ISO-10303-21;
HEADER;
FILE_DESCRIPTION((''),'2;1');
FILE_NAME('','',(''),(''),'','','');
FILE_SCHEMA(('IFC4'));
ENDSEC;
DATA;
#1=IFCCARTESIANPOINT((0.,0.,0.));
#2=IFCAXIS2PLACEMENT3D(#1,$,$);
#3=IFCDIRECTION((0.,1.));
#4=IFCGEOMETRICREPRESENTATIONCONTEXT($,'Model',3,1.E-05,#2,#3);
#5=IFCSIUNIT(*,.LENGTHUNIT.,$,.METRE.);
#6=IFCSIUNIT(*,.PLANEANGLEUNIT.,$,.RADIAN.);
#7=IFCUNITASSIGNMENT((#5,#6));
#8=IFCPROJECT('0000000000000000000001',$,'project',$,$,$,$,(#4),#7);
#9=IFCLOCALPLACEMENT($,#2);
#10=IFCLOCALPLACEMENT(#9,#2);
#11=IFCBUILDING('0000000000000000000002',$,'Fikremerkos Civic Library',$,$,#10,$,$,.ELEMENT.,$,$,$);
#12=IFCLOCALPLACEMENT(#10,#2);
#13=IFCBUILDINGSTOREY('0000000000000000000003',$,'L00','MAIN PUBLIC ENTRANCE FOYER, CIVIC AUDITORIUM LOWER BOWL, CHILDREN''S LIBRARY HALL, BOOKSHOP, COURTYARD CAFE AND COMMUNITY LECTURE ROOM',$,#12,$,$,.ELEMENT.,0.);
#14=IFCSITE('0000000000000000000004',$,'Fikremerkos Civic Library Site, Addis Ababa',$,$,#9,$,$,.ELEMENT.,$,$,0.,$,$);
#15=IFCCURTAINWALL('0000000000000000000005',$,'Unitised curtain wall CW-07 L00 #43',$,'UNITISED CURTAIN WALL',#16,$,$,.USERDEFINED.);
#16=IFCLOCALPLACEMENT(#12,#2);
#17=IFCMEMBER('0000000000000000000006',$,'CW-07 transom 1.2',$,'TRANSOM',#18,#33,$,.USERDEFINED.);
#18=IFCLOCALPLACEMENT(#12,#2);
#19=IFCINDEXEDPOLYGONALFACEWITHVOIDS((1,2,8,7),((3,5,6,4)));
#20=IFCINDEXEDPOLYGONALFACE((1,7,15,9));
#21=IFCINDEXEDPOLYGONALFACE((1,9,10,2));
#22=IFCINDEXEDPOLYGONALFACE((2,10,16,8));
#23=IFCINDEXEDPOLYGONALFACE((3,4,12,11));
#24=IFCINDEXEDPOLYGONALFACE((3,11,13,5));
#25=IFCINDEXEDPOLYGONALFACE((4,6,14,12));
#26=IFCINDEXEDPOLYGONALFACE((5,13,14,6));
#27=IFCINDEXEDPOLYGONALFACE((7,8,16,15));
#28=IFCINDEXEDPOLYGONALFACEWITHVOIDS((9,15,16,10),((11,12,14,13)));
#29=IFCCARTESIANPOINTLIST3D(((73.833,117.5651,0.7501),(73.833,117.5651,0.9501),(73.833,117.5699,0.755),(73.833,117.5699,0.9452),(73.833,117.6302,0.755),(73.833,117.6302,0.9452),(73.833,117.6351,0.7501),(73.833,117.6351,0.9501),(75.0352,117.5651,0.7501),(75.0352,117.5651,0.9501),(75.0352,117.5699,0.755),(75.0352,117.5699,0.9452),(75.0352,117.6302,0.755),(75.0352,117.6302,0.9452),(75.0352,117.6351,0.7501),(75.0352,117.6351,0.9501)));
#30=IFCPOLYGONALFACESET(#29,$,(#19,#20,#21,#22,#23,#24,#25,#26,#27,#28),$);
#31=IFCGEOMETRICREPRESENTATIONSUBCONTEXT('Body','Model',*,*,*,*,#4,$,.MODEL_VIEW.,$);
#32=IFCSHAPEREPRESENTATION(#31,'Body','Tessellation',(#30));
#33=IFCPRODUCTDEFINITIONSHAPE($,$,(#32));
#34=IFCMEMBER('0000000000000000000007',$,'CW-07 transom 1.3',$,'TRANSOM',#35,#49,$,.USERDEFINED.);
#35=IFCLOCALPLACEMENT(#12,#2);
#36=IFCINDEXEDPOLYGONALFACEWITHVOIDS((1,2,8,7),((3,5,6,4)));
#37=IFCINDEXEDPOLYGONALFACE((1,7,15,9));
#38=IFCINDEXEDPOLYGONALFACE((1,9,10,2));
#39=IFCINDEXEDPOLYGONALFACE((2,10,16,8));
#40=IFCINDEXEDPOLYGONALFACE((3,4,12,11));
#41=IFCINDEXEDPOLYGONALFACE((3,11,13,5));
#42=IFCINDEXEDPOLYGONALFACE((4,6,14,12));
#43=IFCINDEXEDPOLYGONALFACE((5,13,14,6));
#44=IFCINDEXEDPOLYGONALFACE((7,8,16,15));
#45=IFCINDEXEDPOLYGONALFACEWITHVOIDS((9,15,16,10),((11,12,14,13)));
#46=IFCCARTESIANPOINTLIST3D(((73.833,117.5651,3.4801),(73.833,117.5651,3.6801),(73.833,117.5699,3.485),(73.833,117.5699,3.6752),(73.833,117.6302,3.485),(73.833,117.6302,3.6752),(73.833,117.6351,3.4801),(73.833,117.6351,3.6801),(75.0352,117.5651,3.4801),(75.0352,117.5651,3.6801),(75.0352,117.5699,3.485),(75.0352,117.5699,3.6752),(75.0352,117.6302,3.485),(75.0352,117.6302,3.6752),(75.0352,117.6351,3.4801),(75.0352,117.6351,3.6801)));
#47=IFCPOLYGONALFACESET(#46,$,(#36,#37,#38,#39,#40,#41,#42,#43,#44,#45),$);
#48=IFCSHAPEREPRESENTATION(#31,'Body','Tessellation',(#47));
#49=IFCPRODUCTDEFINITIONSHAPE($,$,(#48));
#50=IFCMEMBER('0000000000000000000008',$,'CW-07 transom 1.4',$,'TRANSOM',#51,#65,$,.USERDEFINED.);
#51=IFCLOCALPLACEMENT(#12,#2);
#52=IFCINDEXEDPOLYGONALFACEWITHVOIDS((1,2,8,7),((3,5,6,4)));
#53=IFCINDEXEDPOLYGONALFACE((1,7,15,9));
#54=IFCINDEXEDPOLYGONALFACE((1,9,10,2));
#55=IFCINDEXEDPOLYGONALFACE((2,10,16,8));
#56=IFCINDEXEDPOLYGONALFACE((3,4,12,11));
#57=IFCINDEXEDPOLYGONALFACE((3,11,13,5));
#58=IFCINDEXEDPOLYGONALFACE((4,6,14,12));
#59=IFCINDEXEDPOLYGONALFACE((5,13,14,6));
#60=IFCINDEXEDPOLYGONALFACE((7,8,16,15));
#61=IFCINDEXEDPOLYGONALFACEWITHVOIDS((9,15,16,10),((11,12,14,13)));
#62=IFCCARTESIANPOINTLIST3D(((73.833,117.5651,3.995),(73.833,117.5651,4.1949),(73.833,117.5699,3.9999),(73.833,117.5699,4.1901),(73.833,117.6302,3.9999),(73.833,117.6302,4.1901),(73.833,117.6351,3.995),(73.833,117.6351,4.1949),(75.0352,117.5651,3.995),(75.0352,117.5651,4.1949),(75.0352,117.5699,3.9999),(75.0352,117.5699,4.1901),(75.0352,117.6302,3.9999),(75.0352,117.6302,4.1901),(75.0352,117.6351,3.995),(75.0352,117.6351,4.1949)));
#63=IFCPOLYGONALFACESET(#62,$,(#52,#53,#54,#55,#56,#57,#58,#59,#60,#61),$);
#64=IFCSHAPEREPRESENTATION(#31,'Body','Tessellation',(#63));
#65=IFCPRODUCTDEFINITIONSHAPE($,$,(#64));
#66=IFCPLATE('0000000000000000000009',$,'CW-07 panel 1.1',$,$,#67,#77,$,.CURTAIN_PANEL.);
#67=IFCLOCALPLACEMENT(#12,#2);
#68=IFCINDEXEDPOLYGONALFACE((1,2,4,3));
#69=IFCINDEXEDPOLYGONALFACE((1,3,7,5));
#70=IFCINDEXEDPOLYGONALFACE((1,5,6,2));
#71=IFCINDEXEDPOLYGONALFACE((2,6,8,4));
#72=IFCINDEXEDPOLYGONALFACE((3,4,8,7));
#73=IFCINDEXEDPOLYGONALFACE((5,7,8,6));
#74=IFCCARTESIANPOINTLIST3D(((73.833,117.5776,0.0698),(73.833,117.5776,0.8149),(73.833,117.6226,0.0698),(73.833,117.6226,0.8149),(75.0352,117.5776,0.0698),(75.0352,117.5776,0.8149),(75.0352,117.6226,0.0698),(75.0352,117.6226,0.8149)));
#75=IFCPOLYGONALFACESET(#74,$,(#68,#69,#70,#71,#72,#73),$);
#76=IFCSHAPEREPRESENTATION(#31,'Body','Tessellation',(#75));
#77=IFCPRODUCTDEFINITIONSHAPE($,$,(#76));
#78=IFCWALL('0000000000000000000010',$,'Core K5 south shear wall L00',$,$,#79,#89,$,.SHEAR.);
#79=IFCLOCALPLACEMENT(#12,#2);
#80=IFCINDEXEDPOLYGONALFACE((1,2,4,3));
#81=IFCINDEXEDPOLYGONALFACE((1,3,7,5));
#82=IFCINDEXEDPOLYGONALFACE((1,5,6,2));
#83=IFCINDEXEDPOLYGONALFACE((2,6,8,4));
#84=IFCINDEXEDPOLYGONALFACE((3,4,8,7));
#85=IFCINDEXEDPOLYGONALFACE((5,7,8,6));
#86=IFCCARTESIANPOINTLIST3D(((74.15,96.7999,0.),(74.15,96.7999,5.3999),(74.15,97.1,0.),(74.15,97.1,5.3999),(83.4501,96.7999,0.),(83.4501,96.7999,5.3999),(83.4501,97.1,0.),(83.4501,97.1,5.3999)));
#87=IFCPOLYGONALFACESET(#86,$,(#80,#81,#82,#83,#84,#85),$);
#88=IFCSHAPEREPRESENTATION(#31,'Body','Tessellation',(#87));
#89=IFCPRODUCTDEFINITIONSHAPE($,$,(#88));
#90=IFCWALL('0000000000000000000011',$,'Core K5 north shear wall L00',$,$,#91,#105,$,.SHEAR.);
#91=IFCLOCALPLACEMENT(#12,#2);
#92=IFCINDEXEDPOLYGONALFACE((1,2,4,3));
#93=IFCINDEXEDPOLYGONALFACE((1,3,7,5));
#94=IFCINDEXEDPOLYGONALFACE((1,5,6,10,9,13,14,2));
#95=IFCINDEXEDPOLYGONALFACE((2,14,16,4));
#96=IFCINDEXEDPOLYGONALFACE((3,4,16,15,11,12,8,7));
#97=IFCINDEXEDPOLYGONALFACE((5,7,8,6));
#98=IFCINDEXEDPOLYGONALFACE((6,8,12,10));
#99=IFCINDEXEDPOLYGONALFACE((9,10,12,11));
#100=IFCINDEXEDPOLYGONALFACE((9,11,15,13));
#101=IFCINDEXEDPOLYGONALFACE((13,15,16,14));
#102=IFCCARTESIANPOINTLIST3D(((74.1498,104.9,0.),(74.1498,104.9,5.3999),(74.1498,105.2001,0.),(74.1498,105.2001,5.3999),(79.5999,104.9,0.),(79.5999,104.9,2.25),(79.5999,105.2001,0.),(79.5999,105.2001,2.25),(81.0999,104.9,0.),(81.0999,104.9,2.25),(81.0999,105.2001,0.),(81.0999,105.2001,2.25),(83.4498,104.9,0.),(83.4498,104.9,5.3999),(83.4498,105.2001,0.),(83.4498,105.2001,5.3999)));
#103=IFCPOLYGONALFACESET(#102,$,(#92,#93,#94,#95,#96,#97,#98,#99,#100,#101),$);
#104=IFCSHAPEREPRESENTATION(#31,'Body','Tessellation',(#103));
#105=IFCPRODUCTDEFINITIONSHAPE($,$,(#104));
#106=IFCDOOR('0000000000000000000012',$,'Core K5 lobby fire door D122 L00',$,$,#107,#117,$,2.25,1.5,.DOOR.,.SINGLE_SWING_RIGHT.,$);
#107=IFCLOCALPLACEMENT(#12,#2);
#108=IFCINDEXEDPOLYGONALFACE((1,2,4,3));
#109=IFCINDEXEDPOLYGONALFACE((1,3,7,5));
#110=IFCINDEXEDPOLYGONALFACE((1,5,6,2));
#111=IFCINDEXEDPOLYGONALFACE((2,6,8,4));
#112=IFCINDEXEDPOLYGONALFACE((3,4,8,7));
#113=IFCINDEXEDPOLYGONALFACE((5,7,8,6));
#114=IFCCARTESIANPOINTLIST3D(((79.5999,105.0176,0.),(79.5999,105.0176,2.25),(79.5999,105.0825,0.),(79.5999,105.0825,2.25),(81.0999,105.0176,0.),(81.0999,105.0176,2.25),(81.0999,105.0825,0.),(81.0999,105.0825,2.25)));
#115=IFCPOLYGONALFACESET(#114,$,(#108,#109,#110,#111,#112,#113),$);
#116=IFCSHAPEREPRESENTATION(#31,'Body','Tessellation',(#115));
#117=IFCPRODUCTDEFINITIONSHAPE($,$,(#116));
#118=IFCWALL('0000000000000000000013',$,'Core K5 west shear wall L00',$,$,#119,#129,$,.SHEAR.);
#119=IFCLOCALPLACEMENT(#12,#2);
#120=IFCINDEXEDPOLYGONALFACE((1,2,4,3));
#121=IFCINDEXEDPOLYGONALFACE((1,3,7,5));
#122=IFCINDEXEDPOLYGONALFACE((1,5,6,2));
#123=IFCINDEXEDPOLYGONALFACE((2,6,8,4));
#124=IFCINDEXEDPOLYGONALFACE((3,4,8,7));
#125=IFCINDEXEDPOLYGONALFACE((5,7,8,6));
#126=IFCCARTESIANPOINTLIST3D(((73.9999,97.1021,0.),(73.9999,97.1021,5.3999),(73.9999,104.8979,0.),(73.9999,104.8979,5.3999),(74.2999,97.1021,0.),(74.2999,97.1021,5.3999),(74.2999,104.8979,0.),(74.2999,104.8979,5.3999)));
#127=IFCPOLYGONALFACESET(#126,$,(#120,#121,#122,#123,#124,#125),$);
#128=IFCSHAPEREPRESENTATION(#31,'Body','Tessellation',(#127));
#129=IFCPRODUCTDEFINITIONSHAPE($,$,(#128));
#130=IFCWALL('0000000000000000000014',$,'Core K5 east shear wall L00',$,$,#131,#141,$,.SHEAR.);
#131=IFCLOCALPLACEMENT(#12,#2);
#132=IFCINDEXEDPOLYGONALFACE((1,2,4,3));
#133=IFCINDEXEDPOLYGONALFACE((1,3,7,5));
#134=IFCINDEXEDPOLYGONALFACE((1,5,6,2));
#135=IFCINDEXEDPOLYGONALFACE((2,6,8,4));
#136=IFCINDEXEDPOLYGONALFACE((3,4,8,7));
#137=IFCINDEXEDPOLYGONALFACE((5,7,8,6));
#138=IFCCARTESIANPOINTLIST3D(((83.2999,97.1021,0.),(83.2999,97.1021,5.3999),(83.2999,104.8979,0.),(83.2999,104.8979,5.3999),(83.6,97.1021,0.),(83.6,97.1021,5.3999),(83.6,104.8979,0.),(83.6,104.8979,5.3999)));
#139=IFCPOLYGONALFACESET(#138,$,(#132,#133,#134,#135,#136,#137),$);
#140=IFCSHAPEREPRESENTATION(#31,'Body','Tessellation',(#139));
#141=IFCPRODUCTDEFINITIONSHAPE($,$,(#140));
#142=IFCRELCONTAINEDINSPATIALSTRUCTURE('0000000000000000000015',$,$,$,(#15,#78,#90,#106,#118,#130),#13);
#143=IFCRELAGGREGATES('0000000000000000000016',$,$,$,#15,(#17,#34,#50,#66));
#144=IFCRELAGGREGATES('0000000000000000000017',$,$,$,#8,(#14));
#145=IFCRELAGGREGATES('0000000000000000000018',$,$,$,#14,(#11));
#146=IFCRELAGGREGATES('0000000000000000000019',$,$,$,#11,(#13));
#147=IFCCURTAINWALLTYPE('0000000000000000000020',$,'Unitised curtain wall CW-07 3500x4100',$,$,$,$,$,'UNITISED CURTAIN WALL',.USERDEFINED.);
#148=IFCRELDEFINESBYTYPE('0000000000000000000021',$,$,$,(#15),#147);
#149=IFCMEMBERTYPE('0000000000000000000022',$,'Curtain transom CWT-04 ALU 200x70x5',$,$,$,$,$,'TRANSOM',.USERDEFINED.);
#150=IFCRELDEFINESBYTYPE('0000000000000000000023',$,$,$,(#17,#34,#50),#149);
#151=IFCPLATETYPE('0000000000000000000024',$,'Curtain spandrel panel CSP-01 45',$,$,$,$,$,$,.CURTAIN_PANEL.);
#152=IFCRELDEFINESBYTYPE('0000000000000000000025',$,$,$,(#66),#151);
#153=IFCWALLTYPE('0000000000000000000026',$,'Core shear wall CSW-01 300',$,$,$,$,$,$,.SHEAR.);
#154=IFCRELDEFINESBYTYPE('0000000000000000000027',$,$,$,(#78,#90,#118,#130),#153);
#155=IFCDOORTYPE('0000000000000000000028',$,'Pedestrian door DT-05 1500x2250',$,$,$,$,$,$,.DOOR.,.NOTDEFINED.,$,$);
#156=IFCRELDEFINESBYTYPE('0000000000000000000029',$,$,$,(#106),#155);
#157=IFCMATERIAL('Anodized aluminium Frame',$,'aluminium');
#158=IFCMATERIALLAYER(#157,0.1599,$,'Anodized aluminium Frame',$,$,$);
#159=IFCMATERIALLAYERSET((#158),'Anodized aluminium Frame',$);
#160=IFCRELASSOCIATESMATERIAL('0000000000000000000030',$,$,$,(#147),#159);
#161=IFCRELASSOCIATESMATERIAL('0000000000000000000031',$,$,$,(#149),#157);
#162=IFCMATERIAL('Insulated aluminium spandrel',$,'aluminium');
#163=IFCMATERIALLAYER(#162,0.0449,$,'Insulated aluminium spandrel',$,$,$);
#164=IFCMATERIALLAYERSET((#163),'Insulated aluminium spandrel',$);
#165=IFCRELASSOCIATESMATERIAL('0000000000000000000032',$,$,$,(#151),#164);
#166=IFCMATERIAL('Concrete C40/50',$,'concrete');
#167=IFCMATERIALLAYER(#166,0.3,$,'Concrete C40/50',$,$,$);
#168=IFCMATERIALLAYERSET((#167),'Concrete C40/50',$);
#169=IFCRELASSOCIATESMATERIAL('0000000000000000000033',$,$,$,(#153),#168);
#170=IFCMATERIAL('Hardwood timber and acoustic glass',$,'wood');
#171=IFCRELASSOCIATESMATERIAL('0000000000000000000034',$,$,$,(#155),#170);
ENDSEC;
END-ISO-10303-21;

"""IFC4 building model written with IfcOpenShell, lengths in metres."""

from ifc_helpers import new_model, si_unit, direction, frame, frame_2d, origin, origin_2d, place, context, subcontext, project, spatial, rectangle, hollow_rectangle, extrude, material, layer, layer_set, material_profile, profile_set, type_object, element, fill, aggregate, save


model = new_model("IFC4")

# Units and contexts
model_context = context("Model", 3, precision=1e-05, world=origin(), true_north=direction((0.0, 1.0)))
body_context = subcontext(model_context, "Body", "Model", "MODEL_VIEW")
ifc_project = project(units=[si_unit("LENGTHUNIT", "METRE"), si_unit("PLANEANGLEUNIT", "RADIAN")], contexts=[model_context])

# Site, building, storey
site_placement = place(None, origin())
site = spatial("IfcSite", under=ifc_project, at=site_placement, Name="Fikremerkos Civic Library Site, Addis Ababa", CompositionType="ELEMENT", RefElevation=0.0)
building_placement = place(site_placement, origin())
building = spatial("IfcBuilding", under=site, at=building_placement, Name="Fikremerkos Civic Library", CompositionType="ELEMENT")
storey_placement = place(building_placement, origin())
storey = spatial("IfcBuildingStorey", under=building, at=storey_placement, Name="L00", Description="MAIN PUBLIC ENTRANCE FOYER, CIVIC AUDITORIUM LOWER BOWL, CHILDREN'S LIBRARY HALL, BOOKSHOP, COURTYARD CAFE AND COMMUNITY LECTURE ROOM", CompositionType="ELEMENT", Elevation=0.0)

# Curtain wall, members, plate
ifc_material_1 = material(Name="Anodized aluminium Frame", Category="aluminium")
ifc_layer_1 = layer(ifc_material_1, 0.1599, Name="Anodized aluminium Frame")
ifc_layer_set_1 = layer_set([ifc_layer_1], Name="Anodized aluminium Frame")
curtain_wall_type = type_object("IfcCurtainWallType", Name="Unitised curtain wall CW-07 3500x4100", ElementType="UNITISED CURTAIN WALL", PredefinedType="USERDEFINED", material=ifc_layer_set_1)
curtain_wall_placement = place(storey_placement, origin())
curtain_wall = element("IfcCurtainWall", 1, at=curtain_wall_placement, inside=storey, type_object=curtain_wall_type, Name="Unitised curtain wall CW-07 L00 #43", ObjectType="UNITISED CURTAIN WALL", PredefinedType="USERDEFINED")
ifc_material_profile = material_profile(ifc_material_1, hollow_rectangle(XDim=0.0701, YDim=0.2, WallThickness=0.0049, at=origin_2d()), Name="ALU 200x70x5")
ifc_profile_set = profile_set([ifc_material_profile], Name="Anodized aluminium Frame")
member_type = type_object("IfcMemberType", Name="Curtain transom CWT-04 ALU 200x70x5", ElementType="TRANSOM", PredefinedType="USERDEFINED", material=ifc_profile_set)
member_1_placement = place(storey_placement, frame((73.833, 117.6001, 0.8501), z_axis=(1.0, 0.0, 0.0), x_axis=(0.0, 1.0, 0.0)))
member_1 = element("IfcMember", 2, at=member_1_placement, type_object=member_type, Name="CW-07 transom 1.2", ObjectType="TRANSOM", PredefinedType="USERDEFINED", context=body_context, shape_type="SweptSolid", body=[
    extrude(hollow_rectangle(XDim=0.0701, YDim=0.2, WallThickness=0.0049, at=origin_2d()), origin(), (0.0, 0.0, 1.0), 1.2021),
])
member_2_placement = place(storey_placement, frame((73.833, 117.6001, 3.5801), z_axis=(1.0, 0.0, 0.0), x_axis=(0.0, 1.0, 0.0)))
member_2 = element("IfcMember", 3, at=member_2_placement, type_object=member_type, Name="CW-07 transom 1.3", ObjectType="TRANSOM", PredefinedType="USERDEFINED", context=body_context, shape_type="SweptSolid", body=[
    extrude(hollow_rectangle(XDim=0.0701, YDim=0.2, WallThickness=0.0049, at=origin_2d()), origin(), (0.0, 0.0, 1.0), 1.2021),
])
member_3_placement = place(storey_placement, frame((73.833, 117.6001, 4.095), z_axis=(1.0, 0.0, 0.0), x_axis=(0.0, 1.0, 0.0)))
member_3 = element("IfcMember", 4, at=member_3_placement, type_object=member_type, Name="CW-07 transom 1.4", ObjectType="TRANSOM", PredefinedType="USERDEFINED", context=body_context, shape_type="SweptSolid", body=[
    extrude(hollow_rectangle(XDim=0.0701, YDim=0.2, WallThickness=0.0049, at=origin_2d()), origin(), (0.0, 0.0, 1.0), 1.2021),
])
ifc_material_2 = material(Name="Insulated aluminium spandrel", Category="aluminium")
ifc_layer_2 = layer(ifc_material_2, 0.0449, Name="Insulated aluminium spandrel")
ifc_layer_set_2 = layer_set([ifc_layer_2], Name="Insulated aluminium spandrel")
plate_type = type_object("IfcPlateType", Name="Curtain spandrel panel CSP-01 45", PredefinedType="CURTAIN_PANEL", material=ifc_layer_set_2)
plate_placement = place(storey_placement, frame((74.4341, 117.6001, 0.0698), z_axis=(0.0, 0.0, 1.0), x_axis=(1.0, 0.0, 0.0)))
plate = element("IfcPlate", 5, at=plate_placement, type_object=plate_type, Name="CW-07 panel 1.1", PredefinedType="CURTAIN_PANEL", context=body_context, shape_type="SweptSolid", body=[
    extrude(rectangle(XDim=1.2021, YDim=0.0449, at=origin_2d()), origin(), (0.0, 0.0, 1.0), 0.7451),
])
aggregate(curtain_wall, [member_1, member_2, member_3, plate])

# Wall
ifc_material_3 = material(Name="Concrete C40/50", Category="concrete")
ifc_layer_3 = layer(ifc_material_3, 0.3, Name="Concrete C40/50")
ifc_layer_set_3 = layer_set([ifc_layer_3], Name="Concrete C40/50")
wall_type_1 = type_object("IfcWallType", Name="Core shear wall CSW-01 300", PredefinedType="SHEAR", material=ifc_layer_set_3)
wall_1_placement = place(storey_placement, frame((83.45, 96.95, 0.0), z_axis=(0.0, 0.0, 1.0), x_axis=(-1.0, 0.0, 0.0)))
element("IfcWall", 6, at=wall_1_placement, inside=storey, type_object=wall_type_1, Name="Core K5 south shear wall L00", PredefinedType="SHEAR", context=body_context, shape_type="SweptSolid", body=[
    extrude(rectangle(XDim=9.3, YDim=0.3, at=frame_2d((4.6499, 0.0))), origin(), (0.0, 0.0, 1.0), 5.3999),
])

# Wall, opening, door
wall_2_placement = place(storey_placement, frame((74.1499, 105.05, 0.0), z_axis=(0.0, 0.0, 1.0), x_axis=(1.0, 0.0, 0.0)))
wall_2 = element("IfcWall", 7, at=wall_2_placement, inside=storey, type_object=wall_type_1, Name="Core K5 north shear wall L00", PredefinedType="SHEAR", context=body_context, shape_type="SweptSolid", body=[
    extrude(rectangle(XDim=9.3, YDim=0.3, at=frame_2d((4.6499, 0.0))), origin(), (0.0, 0.0, 1.0), 5.3999),
])
opening_1_placement = place(wall_2_placement, frame((5.45, 0.0, 0.0)))
opening_1 = element("IfcOpeningElement", 8, at=opening_1_placement, cuts=wall_2, PredefinedType="OPENING", context=body_context, shape_type="SweptSolid", body=[
    extrude(rectangle(XDim=1.5, YDim=2.25, at=frame_2d((0.75, 1.125))), frame((0.0, 0.1599, 0.0), z_axis=(0.0, -1.0, 0.0), x_axis=(1.0, 0.0, 0.0)), (0.0, 0.0, 1.0), 0.3201),
])
ifc_material_4 = material(Name="Hardwood timber and acoustic glass", Category="wood")
door_type_1 = type_object("IfcDoorType", Name="Pedestrian door DT-05 1500x2250", OperationType="NOTDEFINED", PredefinedType="DOOR", material=ifc_material_4)
door_1_placement = place(opening_1_placement, origin())
door_1 = element("IfcDoor", 9, at=door_1_placement, inside=storey, type_object=door_type_1, Name="Core K5 lobby fire door D122 L00", OperationType="SINGLE_SWING_RIGHT", OverallHeight=2.25, OverallWidth=1.5, PredefinedType="DOOR", context=body_context, shape_type="SweptSolid", body=[
    extrude(rectangle(XDim=1.5, YDim=2.25, at=frame_2d((0.75, 1.125))), frame((0.0, 0.0325, 0.0), z_axis=(0.0, -1.0, 0.0), x_axis=(1.0, 0.0, 0.0)), (0.0, 0.0, 1.0), 0.0649),
])
fill(opening_1, door_1)

# Walls
for number, where, z_axis, x_axis, name in (
    (10, (74.1499, 97.1021, 0.0), (0.0, 0.0, 1.0), (0.0, 1.0, 0.0), "Core K5 west shear wall L00"),
    (11, (83.45, 104.8979, 0.0), (0.0, 0.0, 1.0), (0.0, -1.0, 0.0), "Core K5 east shear wall L00"),
):
    element("IfcWall", number, at=place(storey_placement, frame(where, z_axis=z_axis, x_axis=x_axis)), inside=storey, type_object=wall_type_1, Name=name, PredefinedType="SHEAR", context=body_context, shape_type="SweptSolid", body=[
        extrude(rectangle(XDim=7.7959, YDim=0.3, at=frame_2d((3.8979, 0.0))), origin(), (0.0, 0.0, 1.0), 5.3999),
    ])

save(model, "model.ifc")
